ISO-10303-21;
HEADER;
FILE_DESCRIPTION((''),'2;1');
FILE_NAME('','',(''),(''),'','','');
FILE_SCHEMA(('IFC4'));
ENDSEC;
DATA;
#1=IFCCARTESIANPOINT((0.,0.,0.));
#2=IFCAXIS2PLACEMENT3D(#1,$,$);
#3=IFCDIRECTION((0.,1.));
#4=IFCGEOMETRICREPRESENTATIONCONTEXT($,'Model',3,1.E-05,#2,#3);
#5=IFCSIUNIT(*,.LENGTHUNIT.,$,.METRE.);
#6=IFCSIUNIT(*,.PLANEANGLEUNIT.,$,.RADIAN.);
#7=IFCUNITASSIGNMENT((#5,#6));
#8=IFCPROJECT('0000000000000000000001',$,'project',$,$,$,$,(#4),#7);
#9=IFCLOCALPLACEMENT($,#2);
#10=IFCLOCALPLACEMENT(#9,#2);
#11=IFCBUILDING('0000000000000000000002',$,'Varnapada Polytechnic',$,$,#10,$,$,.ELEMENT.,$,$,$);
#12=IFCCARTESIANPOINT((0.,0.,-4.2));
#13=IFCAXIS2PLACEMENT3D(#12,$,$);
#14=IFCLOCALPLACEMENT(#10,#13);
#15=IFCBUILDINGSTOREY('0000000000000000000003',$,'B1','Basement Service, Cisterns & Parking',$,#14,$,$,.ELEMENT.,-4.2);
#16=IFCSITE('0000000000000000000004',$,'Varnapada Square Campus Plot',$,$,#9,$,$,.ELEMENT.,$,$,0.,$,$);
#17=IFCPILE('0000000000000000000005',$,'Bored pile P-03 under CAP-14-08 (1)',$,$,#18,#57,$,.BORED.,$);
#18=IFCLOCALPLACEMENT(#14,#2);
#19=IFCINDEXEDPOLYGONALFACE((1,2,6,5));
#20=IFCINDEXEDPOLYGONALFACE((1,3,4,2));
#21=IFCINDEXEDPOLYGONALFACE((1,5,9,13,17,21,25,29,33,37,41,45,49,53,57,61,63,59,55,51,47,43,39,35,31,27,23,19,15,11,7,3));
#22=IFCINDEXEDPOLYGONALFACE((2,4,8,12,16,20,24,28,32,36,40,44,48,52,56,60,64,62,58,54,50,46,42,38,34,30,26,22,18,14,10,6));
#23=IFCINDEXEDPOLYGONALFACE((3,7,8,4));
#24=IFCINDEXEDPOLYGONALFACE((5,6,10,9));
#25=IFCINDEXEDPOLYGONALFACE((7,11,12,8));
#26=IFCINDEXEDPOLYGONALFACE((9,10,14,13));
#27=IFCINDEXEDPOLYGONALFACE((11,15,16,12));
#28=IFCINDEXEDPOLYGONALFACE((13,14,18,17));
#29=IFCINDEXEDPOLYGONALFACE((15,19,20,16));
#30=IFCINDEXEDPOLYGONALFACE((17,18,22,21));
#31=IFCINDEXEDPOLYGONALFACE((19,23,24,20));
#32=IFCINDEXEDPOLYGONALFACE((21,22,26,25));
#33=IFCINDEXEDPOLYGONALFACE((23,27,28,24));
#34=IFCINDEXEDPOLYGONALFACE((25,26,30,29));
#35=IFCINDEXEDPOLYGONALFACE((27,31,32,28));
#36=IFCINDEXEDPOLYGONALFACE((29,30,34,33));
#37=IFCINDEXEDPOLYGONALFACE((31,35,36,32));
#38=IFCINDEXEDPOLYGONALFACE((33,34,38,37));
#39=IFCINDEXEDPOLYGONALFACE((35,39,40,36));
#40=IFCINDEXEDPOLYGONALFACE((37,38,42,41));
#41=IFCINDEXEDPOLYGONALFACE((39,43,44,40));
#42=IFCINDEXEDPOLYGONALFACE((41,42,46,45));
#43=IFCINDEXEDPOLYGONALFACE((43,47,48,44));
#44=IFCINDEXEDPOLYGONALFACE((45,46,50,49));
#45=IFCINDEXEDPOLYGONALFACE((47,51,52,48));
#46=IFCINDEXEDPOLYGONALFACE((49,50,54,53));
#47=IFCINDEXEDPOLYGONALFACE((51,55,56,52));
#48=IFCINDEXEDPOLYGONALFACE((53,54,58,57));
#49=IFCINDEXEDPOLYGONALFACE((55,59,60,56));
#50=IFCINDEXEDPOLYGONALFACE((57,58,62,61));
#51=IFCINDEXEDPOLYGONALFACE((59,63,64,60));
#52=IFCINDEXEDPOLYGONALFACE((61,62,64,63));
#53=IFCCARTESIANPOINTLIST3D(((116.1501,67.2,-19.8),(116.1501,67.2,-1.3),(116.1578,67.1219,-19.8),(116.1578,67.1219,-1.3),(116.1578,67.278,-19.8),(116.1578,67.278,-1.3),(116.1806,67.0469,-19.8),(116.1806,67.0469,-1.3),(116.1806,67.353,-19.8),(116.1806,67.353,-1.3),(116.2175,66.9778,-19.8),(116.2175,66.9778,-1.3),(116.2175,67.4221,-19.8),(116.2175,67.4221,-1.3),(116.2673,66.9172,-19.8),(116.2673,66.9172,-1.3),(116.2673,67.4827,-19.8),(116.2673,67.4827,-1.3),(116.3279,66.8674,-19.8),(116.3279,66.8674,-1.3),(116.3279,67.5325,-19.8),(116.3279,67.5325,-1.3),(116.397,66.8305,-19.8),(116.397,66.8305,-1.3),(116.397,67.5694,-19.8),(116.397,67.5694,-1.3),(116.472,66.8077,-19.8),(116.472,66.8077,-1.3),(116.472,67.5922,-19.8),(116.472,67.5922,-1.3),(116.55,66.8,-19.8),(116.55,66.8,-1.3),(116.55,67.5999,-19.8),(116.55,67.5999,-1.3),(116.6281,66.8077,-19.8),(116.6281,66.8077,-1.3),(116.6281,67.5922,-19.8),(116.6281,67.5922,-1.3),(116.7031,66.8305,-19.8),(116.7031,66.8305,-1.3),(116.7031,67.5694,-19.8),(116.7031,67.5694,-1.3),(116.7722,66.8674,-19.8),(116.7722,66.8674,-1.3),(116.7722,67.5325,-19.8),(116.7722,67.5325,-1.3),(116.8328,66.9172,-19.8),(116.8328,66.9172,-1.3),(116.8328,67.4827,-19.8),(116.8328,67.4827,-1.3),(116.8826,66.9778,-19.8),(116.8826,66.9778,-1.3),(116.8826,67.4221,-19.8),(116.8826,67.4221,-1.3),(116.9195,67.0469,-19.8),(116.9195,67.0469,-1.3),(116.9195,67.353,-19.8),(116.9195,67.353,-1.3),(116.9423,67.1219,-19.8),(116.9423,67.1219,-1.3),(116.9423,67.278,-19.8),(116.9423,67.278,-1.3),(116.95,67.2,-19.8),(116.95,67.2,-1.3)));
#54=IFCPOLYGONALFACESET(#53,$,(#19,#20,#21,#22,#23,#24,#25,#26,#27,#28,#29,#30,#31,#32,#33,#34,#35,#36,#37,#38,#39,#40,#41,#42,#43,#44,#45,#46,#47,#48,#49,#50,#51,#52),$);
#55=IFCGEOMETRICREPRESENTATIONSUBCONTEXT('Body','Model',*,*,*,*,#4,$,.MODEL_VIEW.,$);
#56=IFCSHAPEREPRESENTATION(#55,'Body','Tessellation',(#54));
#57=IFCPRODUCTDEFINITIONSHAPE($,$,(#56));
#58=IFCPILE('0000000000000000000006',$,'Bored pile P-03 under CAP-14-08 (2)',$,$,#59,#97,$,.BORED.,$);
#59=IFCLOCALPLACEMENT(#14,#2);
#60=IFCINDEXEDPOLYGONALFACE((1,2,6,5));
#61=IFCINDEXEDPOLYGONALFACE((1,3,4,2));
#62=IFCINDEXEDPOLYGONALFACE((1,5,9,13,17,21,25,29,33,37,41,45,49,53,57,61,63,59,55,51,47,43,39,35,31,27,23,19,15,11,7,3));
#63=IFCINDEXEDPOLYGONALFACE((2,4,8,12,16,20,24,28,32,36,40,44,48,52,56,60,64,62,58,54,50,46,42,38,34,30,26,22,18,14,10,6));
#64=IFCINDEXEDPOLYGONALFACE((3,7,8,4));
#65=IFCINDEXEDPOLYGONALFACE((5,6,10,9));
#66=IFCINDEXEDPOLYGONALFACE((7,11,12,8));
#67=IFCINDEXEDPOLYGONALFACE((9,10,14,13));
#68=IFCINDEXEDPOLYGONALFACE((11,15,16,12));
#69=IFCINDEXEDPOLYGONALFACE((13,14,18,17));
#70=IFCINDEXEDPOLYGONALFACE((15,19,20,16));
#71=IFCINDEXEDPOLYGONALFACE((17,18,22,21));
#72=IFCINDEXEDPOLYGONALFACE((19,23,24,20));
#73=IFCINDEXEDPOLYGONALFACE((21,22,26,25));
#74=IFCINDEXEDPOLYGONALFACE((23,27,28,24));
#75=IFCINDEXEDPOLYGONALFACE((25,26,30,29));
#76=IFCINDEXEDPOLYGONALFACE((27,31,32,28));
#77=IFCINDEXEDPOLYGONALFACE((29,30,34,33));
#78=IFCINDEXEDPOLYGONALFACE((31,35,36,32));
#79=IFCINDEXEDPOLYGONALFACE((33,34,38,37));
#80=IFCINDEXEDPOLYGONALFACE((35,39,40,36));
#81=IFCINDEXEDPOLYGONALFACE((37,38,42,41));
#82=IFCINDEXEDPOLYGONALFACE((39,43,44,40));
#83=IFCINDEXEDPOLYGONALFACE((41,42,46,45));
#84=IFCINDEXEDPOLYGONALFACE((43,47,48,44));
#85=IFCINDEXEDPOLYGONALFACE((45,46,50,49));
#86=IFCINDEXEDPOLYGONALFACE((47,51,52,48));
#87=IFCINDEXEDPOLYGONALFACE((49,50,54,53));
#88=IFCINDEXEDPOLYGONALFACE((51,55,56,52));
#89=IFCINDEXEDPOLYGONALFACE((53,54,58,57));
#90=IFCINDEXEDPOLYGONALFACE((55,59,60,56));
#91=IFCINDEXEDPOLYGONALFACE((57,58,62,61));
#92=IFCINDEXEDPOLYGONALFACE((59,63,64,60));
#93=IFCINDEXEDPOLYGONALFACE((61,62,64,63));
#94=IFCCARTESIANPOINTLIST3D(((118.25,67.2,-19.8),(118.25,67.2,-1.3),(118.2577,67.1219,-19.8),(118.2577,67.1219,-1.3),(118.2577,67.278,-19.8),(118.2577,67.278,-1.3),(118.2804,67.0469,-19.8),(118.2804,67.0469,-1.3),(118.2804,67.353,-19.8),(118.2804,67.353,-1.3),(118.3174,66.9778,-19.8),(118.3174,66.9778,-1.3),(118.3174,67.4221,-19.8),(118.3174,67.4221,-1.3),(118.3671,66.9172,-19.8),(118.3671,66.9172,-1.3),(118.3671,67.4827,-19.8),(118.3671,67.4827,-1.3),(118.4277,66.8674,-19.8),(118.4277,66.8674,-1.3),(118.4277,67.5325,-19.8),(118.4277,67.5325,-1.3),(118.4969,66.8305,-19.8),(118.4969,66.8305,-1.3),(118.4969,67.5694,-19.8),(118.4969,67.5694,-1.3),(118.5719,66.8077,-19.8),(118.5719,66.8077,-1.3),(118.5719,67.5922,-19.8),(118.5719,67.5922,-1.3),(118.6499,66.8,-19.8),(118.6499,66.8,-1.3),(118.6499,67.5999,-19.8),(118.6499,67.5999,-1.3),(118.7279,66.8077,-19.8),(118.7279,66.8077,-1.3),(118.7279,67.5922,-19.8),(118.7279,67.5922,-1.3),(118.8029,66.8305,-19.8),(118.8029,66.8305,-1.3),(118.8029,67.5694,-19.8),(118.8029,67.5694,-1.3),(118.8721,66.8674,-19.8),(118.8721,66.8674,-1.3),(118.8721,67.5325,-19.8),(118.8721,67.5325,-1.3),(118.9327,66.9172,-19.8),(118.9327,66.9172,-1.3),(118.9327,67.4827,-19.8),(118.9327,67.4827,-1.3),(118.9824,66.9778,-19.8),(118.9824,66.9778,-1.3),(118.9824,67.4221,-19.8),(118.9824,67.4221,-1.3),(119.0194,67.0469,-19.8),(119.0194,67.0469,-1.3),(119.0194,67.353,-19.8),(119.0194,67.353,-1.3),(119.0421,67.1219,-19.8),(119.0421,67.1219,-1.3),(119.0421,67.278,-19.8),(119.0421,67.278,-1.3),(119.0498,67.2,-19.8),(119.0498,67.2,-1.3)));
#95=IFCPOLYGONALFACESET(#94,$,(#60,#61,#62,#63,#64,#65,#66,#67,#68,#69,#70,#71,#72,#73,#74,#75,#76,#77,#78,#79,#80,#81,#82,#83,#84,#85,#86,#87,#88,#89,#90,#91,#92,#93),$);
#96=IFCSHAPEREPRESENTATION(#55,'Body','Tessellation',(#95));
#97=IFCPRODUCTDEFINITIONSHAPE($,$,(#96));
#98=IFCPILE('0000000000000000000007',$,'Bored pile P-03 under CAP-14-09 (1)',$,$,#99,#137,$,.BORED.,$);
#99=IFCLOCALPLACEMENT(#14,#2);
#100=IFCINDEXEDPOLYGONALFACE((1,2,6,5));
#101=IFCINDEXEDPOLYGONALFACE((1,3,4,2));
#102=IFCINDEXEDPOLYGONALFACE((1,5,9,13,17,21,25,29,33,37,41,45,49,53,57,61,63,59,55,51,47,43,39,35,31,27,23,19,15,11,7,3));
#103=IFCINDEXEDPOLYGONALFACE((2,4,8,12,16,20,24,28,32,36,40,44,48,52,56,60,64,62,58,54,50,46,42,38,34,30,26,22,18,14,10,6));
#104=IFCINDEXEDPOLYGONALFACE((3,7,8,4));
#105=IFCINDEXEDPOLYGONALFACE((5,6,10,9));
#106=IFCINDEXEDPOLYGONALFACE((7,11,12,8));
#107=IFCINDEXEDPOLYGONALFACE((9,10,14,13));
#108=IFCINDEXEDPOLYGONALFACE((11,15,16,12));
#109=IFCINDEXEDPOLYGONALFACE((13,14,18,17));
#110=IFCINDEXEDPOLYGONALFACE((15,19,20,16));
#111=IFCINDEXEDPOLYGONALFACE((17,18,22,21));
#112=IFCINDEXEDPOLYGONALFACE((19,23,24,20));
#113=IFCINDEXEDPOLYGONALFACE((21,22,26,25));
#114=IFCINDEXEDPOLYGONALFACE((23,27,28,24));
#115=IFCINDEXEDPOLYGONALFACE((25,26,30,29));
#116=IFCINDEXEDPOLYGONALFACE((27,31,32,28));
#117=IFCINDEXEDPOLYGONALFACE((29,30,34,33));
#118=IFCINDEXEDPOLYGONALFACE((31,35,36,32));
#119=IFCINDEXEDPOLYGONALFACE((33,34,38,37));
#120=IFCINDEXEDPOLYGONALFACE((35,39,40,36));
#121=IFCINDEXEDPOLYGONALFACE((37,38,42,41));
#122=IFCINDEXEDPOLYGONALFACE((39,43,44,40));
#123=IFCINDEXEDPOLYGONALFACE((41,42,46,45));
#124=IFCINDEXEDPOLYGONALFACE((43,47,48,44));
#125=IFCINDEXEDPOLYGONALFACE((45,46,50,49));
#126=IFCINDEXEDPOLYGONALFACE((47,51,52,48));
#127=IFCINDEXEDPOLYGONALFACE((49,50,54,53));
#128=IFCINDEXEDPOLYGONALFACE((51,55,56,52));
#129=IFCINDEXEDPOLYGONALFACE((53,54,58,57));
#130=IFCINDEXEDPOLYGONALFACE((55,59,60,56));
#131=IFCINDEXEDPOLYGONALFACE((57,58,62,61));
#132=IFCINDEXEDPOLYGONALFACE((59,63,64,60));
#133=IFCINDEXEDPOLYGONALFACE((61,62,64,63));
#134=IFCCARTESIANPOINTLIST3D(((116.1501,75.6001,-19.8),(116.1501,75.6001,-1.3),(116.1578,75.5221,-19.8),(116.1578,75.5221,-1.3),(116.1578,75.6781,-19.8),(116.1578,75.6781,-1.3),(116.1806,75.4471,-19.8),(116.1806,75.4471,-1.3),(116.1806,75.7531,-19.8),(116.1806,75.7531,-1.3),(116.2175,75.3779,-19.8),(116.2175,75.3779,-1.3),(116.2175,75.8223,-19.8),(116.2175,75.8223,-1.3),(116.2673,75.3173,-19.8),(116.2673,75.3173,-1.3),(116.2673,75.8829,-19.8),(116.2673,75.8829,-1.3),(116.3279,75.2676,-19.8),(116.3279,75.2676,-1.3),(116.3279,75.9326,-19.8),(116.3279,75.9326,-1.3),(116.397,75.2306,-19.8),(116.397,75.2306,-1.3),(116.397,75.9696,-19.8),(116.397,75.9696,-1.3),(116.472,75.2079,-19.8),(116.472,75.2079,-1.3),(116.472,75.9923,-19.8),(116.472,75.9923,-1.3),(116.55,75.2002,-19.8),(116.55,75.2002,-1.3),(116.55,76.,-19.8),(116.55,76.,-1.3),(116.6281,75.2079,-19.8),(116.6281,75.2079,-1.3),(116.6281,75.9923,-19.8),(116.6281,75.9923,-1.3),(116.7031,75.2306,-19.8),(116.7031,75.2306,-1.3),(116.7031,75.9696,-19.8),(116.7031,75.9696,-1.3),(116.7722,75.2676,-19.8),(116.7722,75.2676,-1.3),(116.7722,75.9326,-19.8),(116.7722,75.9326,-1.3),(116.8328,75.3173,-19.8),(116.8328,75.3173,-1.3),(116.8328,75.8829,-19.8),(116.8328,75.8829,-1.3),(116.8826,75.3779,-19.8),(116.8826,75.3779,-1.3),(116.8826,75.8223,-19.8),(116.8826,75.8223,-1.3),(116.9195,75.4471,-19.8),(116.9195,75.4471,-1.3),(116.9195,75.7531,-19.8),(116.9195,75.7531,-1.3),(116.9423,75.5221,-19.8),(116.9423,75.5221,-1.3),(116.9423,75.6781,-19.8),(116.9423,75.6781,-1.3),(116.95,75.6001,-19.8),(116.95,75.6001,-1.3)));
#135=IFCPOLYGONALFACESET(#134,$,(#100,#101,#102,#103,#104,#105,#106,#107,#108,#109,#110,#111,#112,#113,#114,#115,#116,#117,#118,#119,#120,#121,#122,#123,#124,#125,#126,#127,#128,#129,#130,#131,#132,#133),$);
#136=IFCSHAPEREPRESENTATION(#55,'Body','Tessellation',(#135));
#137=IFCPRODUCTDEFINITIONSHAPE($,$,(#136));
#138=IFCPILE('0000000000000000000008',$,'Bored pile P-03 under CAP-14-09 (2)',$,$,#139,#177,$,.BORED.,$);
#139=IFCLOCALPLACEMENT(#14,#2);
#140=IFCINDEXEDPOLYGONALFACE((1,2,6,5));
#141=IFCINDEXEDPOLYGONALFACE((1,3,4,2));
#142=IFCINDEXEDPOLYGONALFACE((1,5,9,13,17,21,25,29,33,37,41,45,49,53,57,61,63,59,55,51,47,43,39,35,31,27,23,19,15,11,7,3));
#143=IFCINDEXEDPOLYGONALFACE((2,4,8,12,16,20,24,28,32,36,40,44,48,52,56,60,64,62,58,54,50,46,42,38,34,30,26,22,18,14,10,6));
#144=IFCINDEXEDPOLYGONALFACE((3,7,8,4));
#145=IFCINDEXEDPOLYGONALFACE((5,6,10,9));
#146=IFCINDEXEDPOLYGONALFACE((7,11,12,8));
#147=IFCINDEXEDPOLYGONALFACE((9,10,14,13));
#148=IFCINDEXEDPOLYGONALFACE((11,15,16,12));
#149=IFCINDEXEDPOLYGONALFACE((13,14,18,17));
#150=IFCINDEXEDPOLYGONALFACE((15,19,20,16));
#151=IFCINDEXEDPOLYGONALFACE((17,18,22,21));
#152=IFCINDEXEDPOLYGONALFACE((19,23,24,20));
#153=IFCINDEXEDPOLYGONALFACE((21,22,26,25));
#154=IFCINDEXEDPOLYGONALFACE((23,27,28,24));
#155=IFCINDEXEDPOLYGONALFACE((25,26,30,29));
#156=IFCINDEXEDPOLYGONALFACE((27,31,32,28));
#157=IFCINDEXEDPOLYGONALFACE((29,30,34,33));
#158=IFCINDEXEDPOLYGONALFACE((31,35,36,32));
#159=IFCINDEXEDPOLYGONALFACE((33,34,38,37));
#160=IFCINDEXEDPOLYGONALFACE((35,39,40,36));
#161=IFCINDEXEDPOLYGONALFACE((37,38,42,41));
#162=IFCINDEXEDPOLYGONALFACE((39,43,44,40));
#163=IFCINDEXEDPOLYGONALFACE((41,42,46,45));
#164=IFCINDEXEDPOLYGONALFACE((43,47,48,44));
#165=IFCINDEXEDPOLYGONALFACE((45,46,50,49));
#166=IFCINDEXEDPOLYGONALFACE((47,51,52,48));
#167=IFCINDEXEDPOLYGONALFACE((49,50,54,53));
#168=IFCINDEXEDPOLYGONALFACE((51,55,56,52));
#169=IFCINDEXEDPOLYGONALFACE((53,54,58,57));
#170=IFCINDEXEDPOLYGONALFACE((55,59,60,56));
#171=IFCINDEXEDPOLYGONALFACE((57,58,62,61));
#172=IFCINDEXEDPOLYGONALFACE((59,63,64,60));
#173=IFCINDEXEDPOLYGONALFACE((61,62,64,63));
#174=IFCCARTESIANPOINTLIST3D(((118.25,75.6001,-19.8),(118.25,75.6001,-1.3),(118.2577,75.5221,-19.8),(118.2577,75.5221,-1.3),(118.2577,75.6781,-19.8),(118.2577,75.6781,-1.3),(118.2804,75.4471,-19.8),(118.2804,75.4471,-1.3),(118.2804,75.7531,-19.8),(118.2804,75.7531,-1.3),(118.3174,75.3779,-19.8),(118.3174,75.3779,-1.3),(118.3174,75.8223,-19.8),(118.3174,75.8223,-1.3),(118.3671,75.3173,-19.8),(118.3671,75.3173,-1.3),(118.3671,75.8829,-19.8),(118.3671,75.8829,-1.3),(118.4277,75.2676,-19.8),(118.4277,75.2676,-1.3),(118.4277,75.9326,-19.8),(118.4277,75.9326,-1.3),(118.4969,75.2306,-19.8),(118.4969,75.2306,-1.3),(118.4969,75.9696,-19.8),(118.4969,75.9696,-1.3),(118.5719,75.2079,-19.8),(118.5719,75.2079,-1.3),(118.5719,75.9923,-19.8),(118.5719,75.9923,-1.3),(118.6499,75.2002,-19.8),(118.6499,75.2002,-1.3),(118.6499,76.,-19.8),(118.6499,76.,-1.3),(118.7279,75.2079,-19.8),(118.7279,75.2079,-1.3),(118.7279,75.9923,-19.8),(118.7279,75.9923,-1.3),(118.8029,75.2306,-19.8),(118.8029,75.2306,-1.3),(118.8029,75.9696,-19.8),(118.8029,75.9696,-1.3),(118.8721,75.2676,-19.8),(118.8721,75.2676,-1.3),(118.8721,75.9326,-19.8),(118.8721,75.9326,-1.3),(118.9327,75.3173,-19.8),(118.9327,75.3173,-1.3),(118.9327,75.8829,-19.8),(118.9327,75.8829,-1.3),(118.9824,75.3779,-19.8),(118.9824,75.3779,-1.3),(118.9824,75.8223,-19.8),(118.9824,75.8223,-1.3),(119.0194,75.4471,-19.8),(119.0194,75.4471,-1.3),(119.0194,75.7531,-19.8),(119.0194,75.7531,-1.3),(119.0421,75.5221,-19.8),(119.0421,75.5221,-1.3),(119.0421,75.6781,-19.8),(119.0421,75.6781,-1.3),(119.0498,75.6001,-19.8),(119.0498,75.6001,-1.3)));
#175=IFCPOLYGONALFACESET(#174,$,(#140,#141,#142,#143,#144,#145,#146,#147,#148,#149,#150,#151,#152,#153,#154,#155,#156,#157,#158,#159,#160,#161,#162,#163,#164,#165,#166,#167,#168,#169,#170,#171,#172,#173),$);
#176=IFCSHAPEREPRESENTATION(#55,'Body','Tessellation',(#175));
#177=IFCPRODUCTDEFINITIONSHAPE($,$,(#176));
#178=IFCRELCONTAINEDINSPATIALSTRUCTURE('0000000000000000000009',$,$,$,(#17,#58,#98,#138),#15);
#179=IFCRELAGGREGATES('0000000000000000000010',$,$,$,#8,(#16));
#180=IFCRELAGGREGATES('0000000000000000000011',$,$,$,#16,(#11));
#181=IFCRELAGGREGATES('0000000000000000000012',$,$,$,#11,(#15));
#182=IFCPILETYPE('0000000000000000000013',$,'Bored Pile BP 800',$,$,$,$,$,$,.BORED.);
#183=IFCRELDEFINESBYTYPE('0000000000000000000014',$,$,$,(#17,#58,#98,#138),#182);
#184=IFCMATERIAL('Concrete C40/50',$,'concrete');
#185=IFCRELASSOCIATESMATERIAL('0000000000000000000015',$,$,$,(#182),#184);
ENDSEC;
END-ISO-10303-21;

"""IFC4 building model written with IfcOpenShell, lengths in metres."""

from ifc_helpers import new_model, si_unit, direction, frame, origin, origin_2d, place, context, subcontext, project, spatial, circle, extrude, material, material_profile, profile_set, type_object, element, save


model = new_model("IFC4")

# Units and contexts
model_context = context("Model", 3, precision=1e-05, world=origin(), true_north=direction((0.0, 1.0)))
body_context = subcontext(model_context, "Body", "Model", "MODEL_VIEW")
ifc_project = project(units=[si_unit("LENGTHUNIT", "METRE"), si_unit("PLANEANGLEUNIT", "RADIAN")], contexts=[model_context])

# Site, building, storey
site_placement = place(None, origin())
site = spatial("IfcSite", under=ifc_project, at=site_placement, Name="Varnapada Square Campus Plot", CompositionType="ELEMENT", RefElevation=0.0)
building_placement = place(site_placement, origin())
building = spatial("IfcBuilding", under=site, at=building_placement, Name="Varnapada Polytechnic", CompositionType="ELEMENT")
storey_placement = place(building_placement, frame((0.0, 0.0, -4.2)))
storey = spatial("IfcBuildingStorey", under=building, at=storey_placement, Name="B1", Description="Basement Service, Cisterns & Parking", CompositionType="ELEMENT", Elevation=-4.2)

# Piles
ifc_material = material(Name="Concrete C40/50", Category="concrete")
ifc_material_profile_1 = material_profile(ifc_material, circle(Radius=0.3999, at=origin_2d()), Name="BP 800")
ifc_profile_set_1 = profile_set([ifc_material_profile_1], Name="Concrete C40/50")
pile_type_1 = type_object("IfcPileType", Name="Bored Pile BP 800", PredefinedType="BORED", material=ifc_profile_set_1)
for number, where, z_axis, x_axis, name in (
    (1, (116.55, 67.2, -1.3), (0.0, 0.0, -1.0), (1.0, 0.0, 0.0), "Bored pile P-03 under CAP-14-08 (1)"),
    (2, (118.6499, 67.2, -1.3), (0.0, 0.0, -1.0), (1.0, 0.0, 0.0), "Bored pile P-03 under CAP-14-08 (2)"),
    (3, (116.55, 75.6001, -1.3), (0.0, 0.0, -1.0), (1.0, 0.0, 0.0), "Bored pile P-03 under CAP-14-09 (1)"),
    (4, (118.6499, 75.6001, -1.3), (0.0, 0.0, -1.0), (1.0, 0.0, 0.0), "Bored pile P-03 under CAP-14-09 (2)"),
):
    element("IfcPile", number, at=place(storey_placement, frame(where, z_axis=z_axis, x_axis=x_axis)), inside=storey, type_object=pile_type_1, Name=name, PredefinedType="BORED", context=body_context, shape_type="SweptSolid", body=[
        extrude(circle(Radius=0.3999, at=origin_2d()), origin(), (0.0, 0.0, 1.0), 18.5),
    ])

save(model, "model.ifc")
